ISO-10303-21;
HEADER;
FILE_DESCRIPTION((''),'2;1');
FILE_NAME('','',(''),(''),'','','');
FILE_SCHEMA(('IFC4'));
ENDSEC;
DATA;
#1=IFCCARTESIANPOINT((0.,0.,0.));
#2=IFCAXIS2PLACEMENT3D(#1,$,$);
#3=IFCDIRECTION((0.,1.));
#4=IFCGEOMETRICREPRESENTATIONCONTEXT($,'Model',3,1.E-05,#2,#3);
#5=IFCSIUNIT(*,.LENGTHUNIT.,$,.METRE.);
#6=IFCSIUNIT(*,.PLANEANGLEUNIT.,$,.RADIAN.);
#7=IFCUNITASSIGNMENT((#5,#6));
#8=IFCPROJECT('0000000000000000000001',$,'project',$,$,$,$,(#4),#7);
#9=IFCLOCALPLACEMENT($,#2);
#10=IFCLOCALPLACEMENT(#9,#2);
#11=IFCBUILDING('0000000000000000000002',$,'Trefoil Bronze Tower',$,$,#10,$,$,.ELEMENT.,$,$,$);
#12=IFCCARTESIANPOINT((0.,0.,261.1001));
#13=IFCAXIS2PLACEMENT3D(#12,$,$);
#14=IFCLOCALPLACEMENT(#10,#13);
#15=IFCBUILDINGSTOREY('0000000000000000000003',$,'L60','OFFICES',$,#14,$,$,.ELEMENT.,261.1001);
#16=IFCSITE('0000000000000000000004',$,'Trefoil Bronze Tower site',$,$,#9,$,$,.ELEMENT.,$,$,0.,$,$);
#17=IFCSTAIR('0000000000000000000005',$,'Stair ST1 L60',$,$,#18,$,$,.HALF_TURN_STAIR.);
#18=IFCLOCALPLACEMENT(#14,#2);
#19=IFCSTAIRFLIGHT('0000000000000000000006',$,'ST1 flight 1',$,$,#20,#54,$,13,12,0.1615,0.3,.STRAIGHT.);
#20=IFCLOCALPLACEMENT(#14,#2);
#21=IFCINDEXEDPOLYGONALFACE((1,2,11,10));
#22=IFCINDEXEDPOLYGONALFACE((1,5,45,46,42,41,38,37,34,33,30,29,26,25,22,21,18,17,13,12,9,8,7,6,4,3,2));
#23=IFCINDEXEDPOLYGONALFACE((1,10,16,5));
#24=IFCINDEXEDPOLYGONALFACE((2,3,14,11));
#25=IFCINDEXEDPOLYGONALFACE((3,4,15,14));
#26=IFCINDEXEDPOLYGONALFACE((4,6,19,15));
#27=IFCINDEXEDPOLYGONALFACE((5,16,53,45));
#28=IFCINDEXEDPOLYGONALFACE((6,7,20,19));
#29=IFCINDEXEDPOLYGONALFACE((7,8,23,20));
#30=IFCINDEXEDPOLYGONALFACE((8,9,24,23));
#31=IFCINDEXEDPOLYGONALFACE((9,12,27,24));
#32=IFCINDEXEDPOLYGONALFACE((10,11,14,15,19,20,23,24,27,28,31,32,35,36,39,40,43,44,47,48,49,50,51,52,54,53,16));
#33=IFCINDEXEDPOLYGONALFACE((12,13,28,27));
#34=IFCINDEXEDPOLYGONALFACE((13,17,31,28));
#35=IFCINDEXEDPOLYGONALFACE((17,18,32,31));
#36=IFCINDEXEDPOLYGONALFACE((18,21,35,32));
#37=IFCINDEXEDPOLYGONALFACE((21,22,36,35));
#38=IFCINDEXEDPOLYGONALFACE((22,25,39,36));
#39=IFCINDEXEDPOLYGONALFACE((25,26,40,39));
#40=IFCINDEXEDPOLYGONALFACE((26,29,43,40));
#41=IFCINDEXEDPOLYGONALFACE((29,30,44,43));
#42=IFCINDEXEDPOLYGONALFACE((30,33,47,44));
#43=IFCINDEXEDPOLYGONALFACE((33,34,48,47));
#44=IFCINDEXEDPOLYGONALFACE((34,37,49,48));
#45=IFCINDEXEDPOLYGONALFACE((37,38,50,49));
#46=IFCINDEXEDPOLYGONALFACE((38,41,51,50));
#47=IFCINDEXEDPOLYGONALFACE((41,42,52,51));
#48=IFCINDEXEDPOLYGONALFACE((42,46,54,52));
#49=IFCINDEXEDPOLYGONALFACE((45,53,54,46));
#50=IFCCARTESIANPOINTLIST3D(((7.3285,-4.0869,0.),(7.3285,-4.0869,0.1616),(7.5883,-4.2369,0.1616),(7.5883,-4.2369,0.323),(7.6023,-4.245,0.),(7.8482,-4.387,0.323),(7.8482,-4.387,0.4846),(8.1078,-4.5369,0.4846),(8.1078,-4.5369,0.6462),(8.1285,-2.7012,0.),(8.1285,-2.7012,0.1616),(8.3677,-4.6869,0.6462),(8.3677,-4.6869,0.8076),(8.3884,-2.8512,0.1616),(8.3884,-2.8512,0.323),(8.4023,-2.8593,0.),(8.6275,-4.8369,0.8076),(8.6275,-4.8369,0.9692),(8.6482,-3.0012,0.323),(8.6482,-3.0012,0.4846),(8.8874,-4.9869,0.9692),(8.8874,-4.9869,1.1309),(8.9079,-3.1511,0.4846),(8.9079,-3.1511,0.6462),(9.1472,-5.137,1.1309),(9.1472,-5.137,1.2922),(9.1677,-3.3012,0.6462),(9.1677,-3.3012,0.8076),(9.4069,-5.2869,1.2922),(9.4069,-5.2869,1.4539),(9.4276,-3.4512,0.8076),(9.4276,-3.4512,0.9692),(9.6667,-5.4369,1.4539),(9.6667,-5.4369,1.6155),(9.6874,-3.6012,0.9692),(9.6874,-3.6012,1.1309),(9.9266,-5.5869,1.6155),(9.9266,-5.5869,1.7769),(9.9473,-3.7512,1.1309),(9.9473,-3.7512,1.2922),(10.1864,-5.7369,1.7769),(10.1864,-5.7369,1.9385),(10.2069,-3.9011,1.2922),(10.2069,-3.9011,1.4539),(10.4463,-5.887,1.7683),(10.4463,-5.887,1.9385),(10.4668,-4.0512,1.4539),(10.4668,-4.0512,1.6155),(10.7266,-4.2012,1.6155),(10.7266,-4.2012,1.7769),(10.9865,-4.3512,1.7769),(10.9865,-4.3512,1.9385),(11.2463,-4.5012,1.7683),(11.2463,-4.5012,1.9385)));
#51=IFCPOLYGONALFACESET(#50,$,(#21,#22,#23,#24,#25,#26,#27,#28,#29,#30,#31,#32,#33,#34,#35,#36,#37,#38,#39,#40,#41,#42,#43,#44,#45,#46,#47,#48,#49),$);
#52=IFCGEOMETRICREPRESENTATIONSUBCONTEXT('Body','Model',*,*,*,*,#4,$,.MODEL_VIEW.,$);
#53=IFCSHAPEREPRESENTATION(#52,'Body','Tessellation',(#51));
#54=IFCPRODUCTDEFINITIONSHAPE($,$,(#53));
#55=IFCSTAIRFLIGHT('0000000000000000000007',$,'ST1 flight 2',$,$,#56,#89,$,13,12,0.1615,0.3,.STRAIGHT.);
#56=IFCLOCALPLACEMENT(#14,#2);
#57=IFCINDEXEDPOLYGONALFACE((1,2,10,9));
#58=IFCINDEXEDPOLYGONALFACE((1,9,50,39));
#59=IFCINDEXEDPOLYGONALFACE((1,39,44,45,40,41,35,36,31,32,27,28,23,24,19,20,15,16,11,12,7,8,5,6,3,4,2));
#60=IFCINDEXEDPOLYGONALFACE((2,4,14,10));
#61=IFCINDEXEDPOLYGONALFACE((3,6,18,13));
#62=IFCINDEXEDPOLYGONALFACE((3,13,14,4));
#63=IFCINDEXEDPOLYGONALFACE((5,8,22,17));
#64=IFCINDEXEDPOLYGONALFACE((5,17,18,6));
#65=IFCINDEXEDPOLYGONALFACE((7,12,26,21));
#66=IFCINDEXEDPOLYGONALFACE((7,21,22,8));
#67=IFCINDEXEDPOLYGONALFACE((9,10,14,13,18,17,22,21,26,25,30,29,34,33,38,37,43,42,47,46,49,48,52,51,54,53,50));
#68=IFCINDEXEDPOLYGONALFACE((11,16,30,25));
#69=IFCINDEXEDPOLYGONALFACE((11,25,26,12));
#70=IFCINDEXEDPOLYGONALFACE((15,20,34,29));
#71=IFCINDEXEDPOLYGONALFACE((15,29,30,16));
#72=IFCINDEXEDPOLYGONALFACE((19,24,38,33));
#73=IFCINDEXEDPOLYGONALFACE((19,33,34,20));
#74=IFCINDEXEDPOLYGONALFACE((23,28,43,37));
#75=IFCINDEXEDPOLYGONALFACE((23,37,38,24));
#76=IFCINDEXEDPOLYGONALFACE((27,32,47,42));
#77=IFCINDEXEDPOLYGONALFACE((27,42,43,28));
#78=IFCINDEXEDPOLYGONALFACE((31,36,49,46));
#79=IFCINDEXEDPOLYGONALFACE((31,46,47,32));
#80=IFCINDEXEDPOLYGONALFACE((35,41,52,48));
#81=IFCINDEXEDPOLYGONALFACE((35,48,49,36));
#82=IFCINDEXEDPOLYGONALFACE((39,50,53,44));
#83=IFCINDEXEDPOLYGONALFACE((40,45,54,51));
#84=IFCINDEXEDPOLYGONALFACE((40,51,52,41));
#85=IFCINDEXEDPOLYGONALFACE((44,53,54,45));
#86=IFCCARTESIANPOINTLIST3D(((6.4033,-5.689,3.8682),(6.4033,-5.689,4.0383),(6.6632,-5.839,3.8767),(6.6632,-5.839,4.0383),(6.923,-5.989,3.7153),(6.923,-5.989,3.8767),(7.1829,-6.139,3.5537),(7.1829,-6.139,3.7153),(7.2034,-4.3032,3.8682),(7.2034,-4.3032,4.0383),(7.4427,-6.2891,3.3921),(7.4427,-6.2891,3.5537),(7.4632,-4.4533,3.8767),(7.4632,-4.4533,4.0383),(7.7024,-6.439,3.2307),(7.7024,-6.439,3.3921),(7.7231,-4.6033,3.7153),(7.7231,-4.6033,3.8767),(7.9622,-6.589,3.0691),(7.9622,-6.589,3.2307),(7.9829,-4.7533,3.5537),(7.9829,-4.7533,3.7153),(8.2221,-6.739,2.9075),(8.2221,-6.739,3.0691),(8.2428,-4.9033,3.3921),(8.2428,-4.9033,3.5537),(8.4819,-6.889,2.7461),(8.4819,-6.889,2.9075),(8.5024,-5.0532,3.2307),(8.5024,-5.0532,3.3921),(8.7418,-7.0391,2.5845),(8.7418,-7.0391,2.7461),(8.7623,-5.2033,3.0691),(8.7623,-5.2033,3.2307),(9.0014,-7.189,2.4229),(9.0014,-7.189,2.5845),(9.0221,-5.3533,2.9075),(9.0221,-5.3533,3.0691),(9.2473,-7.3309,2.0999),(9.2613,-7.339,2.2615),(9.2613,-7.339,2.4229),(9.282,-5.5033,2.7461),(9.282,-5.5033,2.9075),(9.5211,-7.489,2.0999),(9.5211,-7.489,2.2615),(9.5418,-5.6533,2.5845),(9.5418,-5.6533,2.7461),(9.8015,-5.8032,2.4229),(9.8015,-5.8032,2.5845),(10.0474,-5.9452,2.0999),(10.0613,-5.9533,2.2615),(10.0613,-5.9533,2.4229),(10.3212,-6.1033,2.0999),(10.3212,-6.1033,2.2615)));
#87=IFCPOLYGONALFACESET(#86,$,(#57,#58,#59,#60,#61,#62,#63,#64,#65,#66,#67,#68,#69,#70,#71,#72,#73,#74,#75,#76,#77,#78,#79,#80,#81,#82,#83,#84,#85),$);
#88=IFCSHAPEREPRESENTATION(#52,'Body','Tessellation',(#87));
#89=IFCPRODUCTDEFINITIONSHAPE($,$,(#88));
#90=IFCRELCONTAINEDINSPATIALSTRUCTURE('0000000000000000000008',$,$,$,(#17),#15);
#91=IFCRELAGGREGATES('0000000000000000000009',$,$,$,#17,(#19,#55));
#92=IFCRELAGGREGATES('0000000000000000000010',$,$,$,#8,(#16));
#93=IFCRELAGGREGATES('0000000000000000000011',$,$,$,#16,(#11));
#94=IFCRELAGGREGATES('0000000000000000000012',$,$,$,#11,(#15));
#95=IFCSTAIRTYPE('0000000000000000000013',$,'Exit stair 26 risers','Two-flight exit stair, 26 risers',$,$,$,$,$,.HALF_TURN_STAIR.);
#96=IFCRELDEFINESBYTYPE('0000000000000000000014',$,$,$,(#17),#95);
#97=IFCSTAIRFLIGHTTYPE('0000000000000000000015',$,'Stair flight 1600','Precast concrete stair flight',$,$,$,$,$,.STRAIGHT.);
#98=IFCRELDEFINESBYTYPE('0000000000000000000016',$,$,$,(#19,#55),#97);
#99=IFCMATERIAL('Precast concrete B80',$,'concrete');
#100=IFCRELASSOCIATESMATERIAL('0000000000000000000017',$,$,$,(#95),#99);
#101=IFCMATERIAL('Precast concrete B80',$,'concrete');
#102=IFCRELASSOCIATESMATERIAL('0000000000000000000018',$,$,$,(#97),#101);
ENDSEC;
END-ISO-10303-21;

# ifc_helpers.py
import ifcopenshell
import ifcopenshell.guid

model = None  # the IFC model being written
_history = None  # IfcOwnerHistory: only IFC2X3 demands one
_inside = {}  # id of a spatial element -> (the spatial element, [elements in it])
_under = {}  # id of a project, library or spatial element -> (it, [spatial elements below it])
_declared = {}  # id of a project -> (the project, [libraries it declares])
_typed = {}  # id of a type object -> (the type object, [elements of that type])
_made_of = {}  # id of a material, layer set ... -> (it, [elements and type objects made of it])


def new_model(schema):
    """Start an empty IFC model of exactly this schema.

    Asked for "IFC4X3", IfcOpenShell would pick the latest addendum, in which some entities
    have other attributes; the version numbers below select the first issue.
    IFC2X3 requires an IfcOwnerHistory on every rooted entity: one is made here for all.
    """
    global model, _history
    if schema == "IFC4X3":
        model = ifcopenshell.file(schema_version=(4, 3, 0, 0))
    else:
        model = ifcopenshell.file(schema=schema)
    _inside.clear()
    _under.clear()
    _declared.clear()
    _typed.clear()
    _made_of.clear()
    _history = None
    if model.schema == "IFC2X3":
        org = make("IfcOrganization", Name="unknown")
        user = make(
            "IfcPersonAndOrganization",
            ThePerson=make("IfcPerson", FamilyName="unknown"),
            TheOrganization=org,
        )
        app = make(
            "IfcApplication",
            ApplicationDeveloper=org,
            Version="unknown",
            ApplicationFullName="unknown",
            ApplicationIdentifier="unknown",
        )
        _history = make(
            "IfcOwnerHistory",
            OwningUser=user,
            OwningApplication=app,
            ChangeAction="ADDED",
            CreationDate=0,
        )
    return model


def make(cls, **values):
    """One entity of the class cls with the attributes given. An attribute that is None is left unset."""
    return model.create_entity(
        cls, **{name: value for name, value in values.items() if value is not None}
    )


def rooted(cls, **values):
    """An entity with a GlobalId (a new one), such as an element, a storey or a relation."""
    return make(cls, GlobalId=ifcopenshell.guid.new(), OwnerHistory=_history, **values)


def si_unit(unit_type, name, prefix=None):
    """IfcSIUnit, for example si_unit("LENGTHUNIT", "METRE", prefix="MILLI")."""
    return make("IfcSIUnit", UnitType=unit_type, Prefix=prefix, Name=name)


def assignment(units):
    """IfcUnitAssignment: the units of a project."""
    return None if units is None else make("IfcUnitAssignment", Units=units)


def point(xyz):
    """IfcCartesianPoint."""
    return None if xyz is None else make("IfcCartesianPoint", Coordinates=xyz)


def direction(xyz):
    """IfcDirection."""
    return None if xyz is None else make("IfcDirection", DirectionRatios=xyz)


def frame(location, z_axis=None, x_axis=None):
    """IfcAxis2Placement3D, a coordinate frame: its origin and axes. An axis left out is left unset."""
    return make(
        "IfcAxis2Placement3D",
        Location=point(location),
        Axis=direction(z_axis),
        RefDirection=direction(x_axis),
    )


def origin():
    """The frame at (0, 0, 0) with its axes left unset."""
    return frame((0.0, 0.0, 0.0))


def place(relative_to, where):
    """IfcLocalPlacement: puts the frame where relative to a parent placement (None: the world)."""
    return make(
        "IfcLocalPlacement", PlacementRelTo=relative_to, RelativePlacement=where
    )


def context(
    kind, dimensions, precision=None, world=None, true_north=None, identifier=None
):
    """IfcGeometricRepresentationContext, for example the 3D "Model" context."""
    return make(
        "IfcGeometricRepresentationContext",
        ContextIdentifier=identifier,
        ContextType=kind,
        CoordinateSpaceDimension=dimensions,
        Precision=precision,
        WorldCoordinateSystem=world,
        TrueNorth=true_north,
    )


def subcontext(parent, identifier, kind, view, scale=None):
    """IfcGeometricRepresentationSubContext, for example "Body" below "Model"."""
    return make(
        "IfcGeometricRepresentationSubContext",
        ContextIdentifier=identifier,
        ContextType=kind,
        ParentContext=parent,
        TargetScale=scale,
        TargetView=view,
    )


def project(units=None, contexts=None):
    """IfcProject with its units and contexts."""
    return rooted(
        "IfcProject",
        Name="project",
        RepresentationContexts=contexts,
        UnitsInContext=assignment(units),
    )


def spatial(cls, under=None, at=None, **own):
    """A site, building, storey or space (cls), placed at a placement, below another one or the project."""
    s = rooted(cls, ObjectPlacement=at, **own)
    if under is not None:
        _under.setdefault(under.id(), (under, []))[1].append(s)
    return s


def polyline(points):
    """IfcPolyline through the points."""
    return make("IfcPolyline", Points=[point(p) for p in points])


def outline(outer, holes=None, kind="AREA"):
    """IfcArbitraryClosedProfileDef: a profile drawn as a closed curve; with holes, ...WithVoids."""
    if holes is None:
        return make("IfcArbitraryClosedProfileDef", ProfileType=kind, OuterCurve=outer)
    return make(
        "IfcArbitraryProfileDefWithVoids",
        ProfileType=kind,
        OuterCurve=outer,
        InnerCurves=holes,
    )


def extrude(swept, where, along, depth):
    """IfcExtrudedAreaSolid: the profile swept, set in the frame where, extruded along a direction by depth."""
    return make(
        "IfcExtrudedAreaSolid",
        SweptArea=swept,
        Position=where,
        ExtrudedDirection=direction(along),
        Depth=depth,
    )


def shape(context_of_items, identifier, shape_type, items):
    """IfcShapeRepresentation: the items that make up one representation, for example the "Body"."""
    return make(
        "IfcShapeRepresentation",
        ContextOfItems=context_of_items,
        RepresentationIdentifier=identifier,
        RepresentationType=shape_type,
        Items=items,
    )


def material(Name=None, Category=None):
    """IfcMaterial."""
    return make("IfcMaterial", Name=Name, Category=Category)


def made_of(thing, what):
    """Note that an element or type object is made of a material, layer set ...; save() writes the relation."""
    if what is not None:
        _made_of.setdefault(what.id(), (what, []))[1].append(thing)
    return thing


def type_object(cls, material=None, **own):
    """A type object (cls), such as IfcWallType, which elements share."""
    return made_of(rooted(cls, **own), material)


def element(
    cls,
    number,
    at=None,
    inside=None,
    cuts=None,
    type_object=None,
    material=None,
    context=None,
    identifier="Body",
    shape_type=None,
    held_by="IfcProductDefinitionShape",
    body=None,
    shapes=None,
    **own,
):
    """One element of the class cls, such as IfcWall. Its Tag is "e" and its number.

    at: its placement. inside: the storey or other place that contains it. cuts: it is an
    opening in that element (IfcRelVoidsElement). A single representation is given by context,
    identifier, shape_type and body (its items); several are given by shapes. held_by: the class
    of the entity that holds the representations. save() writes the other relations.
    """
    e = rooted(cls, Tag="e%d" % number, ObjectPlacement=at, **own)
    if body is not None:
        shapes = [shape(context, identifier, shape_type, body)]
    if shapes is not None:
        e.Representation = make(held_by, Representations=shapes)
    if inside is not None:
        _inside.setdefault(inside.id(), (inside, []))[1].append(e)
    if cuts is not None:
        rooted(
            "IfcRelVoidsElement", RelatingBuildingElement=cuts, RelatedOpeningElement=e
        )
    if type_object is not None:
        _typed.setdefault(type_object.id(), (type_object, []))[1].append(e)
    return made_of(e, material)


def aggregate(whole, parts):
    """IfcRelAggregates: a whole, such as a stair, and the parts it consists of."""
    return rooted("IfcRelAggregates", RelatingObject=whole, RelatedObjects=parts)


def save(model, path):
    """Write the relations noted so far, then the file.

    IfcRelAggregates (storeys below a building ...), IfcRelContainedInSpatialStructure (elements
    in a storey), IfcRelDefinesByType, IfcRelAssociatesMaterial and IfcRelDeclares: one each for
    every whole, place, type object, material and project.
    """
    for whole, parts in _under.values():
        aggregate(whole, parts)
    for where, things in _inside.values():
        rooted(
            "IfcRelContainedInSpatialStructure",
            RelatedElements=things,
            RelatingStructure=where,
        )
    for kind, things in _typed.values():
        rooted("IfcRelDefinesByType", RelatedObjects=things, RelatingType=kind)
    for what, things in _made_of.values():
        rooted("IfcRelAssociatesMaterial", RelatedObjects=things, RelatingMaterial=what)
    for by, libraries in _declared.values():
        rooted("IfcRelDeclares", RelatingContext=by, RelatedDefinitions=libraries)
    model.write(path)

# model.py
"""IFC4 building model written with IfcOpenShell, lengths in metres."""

from ifc_helpers import new_model, si_unit, direction, frame, origin, place, context, subcontext, project, spatial, polyline, outline, extrude, material, type_object, element, aggregate, save


model = new_model("IFC4")

# Units and contexts
model_context = context("Model", 3, precision=1e-05, world=origin(), true_north=direction((0.0, 1.0)))
body_context = subcontext(model_context, "Body", "Model", "MODEL_VIEW")
ifc_project = project(units=[si_unit("LENGTHUNIT", "METRE"), si_unit("PLANEANGLEUNIT", "RADIAN")], contexts=[model_context])

# Site, building, storey
site_placement = place(None, origin())
site = spatial("IfcSite", under=ifc_project, at=site_placement, Name="Trefoil Bronze Tower site", CompositionType="ELEMENT", RefElevation=0.0)
building_placement = place(site_placement, origin())
building = spatial("IfcBuilding", under=site, at=building_placement, Name="Trefoil Bronze Tower", CompositionType="ELEMENT")
storey_placement = place(building_placement, frame((0.0, 0.0, 261.1001)))
storey = spatial("IfcBuildingStorey", under=building, at=storey_placement, Name="L60", Description="OFFICES", CompositionType="ELEMENT", Elevation=261.1001)

# Stair
ifc_material_1 = material(Name="Precast concrete B80", Category="concrete")
stair_type = type_object("IfcStairType", Name="Exit stair 26 risers", Description="Two-flight exit stair, 26 risers", PredefinedType="HALF_TURN_STAIR", material=ifc_material_1)
stair_1_placement = place(storey_placement, origin())
stair_1 = element("IfcStair", 1, at=stair_1_placement, inside=storey, type_object=stair_type, Name="Stair ST1 L60", PredefinedType="HALF_TURN_STAIR")

# Stair flights
ifc_material_2 = material(Name="Precast concrete B80", Category="concrete")
stair_flight_type = type_object("IfcStairFlightType", Name="Stair flight 1600", Description="Precast concrete stair flight", PredefinedType="STRAIGHT", material=ifc_material_2)
stair_flight_1_placement = place(storey_placement, frame((7.7285, -3.394, 0.0), z_axis=(0.0, 0.0, 1.0), x_axis=(0.866025, -0.5, 0.0)))
stair_flight_1 = element("IfcStairFlight", 2, at=stair_flight_1_placement, type_object=stair_flight_type, Name="ST1 flight 1", NumberOfRisers=13, NumberOfTreads=12, PredefinedType="STRAIGHT", RiserHeight=0.1615, TreadLength=0.3, context=body_context, shape_type="SweptSolid", body=[
    extrude(outline(polyline([(0.0, 0.0), (0.0, 0.1616), (0.3, 0.1616), (0.3, 0.323), (0.6001, 0.323), (0.6001, 0.4846), (0.8999, 0.4846), (0.8999, 0.6462), (1.2, 0.6462), (1.2, 0.8076), (1.5, 0.8076), (1.5, 0.9692), (1.8, 0.9692), (1.8, 1.1309), (2.1001, 1.1309), (2.1001, 1.2922), (2.3999, 1.2922), (2.3999, 1.4539), (2.7, 1.4539), (2.7, 1.6155), (3.0, 1.6155), (3.0, 1.7769), (3.3, 1.7769), (3.3, 1.9385), (3.6001, 1.9385), (3.6001, 2.1001), (3.6001, 1.7683), (0.3162, 0.0), (0.0, 0.0)])), frame((0.0, 0.8, 0.0), z_axis=(0.0, -1.0, 0.0), x_axis=(1.0, 0.0, 0.0)), (0.0, 0.0, 1.0), 1.6001),
])
stair_flight_2_placement = place(storey_placement, frame((9.9211, -6.7961, 2.0999), z_axis=(0.0, 0.0, 1.0), x_axis=(-0.866025, 0.5, 0.0)))
stair_flight_2 = element("IfcStairFlight", 3, at=stair_flight_2_placement, type_object=stair_flight_type, Name="ST1 flight 2", NumberOfRisers=13, NumberOfTreads=12, PredefinedType="STRAIGHT", RiserHeight=0.1615, TreadLength=0.3, context=body_context, shape_type="SweptSolid", body=[
    extrude(outline(polyline([(0.0, 0.0), (0.0, 0.1616), (0.3, 0.1616), (0.3, 0.323), (0.6001, 0.323), (0.6001, 0.4846), (0.8999, 0.4846), (0.8999, 0.6462), (1.2, 0.6462), (1.2, 0.8076), (1.5, 0.8076), (1.5, 0.9692), (1.8, 0.9692), (1.8, 1.1309), (2.1001, 1.1309), (2.1001, 1.2922), (2.3999, 1.2922), (2.3999, 1.4539), (2.7, 1.4539), (2.7, 1.6155), (3.0, 1.6155), (3.0, 1.7769), (3.3, 1.7769), (3.3, 1.9385), (3.6001, 1.9385), (3.6001, 2.1001), (3.6001, 1.7683), (0.3162, 0.0), (0.0, 0.0)])), frame((0.0, 0.8, 0.0), z_axis=(0.0, -1.0, 0.0), x_axis=(1.0, 0.0, 0.0)), (0.0, 0.0, 1.0), 1.6001),
])
aggregate(stair_1, [stair_flight_1, stair_flight_2])

save(model, "model.ifc")
